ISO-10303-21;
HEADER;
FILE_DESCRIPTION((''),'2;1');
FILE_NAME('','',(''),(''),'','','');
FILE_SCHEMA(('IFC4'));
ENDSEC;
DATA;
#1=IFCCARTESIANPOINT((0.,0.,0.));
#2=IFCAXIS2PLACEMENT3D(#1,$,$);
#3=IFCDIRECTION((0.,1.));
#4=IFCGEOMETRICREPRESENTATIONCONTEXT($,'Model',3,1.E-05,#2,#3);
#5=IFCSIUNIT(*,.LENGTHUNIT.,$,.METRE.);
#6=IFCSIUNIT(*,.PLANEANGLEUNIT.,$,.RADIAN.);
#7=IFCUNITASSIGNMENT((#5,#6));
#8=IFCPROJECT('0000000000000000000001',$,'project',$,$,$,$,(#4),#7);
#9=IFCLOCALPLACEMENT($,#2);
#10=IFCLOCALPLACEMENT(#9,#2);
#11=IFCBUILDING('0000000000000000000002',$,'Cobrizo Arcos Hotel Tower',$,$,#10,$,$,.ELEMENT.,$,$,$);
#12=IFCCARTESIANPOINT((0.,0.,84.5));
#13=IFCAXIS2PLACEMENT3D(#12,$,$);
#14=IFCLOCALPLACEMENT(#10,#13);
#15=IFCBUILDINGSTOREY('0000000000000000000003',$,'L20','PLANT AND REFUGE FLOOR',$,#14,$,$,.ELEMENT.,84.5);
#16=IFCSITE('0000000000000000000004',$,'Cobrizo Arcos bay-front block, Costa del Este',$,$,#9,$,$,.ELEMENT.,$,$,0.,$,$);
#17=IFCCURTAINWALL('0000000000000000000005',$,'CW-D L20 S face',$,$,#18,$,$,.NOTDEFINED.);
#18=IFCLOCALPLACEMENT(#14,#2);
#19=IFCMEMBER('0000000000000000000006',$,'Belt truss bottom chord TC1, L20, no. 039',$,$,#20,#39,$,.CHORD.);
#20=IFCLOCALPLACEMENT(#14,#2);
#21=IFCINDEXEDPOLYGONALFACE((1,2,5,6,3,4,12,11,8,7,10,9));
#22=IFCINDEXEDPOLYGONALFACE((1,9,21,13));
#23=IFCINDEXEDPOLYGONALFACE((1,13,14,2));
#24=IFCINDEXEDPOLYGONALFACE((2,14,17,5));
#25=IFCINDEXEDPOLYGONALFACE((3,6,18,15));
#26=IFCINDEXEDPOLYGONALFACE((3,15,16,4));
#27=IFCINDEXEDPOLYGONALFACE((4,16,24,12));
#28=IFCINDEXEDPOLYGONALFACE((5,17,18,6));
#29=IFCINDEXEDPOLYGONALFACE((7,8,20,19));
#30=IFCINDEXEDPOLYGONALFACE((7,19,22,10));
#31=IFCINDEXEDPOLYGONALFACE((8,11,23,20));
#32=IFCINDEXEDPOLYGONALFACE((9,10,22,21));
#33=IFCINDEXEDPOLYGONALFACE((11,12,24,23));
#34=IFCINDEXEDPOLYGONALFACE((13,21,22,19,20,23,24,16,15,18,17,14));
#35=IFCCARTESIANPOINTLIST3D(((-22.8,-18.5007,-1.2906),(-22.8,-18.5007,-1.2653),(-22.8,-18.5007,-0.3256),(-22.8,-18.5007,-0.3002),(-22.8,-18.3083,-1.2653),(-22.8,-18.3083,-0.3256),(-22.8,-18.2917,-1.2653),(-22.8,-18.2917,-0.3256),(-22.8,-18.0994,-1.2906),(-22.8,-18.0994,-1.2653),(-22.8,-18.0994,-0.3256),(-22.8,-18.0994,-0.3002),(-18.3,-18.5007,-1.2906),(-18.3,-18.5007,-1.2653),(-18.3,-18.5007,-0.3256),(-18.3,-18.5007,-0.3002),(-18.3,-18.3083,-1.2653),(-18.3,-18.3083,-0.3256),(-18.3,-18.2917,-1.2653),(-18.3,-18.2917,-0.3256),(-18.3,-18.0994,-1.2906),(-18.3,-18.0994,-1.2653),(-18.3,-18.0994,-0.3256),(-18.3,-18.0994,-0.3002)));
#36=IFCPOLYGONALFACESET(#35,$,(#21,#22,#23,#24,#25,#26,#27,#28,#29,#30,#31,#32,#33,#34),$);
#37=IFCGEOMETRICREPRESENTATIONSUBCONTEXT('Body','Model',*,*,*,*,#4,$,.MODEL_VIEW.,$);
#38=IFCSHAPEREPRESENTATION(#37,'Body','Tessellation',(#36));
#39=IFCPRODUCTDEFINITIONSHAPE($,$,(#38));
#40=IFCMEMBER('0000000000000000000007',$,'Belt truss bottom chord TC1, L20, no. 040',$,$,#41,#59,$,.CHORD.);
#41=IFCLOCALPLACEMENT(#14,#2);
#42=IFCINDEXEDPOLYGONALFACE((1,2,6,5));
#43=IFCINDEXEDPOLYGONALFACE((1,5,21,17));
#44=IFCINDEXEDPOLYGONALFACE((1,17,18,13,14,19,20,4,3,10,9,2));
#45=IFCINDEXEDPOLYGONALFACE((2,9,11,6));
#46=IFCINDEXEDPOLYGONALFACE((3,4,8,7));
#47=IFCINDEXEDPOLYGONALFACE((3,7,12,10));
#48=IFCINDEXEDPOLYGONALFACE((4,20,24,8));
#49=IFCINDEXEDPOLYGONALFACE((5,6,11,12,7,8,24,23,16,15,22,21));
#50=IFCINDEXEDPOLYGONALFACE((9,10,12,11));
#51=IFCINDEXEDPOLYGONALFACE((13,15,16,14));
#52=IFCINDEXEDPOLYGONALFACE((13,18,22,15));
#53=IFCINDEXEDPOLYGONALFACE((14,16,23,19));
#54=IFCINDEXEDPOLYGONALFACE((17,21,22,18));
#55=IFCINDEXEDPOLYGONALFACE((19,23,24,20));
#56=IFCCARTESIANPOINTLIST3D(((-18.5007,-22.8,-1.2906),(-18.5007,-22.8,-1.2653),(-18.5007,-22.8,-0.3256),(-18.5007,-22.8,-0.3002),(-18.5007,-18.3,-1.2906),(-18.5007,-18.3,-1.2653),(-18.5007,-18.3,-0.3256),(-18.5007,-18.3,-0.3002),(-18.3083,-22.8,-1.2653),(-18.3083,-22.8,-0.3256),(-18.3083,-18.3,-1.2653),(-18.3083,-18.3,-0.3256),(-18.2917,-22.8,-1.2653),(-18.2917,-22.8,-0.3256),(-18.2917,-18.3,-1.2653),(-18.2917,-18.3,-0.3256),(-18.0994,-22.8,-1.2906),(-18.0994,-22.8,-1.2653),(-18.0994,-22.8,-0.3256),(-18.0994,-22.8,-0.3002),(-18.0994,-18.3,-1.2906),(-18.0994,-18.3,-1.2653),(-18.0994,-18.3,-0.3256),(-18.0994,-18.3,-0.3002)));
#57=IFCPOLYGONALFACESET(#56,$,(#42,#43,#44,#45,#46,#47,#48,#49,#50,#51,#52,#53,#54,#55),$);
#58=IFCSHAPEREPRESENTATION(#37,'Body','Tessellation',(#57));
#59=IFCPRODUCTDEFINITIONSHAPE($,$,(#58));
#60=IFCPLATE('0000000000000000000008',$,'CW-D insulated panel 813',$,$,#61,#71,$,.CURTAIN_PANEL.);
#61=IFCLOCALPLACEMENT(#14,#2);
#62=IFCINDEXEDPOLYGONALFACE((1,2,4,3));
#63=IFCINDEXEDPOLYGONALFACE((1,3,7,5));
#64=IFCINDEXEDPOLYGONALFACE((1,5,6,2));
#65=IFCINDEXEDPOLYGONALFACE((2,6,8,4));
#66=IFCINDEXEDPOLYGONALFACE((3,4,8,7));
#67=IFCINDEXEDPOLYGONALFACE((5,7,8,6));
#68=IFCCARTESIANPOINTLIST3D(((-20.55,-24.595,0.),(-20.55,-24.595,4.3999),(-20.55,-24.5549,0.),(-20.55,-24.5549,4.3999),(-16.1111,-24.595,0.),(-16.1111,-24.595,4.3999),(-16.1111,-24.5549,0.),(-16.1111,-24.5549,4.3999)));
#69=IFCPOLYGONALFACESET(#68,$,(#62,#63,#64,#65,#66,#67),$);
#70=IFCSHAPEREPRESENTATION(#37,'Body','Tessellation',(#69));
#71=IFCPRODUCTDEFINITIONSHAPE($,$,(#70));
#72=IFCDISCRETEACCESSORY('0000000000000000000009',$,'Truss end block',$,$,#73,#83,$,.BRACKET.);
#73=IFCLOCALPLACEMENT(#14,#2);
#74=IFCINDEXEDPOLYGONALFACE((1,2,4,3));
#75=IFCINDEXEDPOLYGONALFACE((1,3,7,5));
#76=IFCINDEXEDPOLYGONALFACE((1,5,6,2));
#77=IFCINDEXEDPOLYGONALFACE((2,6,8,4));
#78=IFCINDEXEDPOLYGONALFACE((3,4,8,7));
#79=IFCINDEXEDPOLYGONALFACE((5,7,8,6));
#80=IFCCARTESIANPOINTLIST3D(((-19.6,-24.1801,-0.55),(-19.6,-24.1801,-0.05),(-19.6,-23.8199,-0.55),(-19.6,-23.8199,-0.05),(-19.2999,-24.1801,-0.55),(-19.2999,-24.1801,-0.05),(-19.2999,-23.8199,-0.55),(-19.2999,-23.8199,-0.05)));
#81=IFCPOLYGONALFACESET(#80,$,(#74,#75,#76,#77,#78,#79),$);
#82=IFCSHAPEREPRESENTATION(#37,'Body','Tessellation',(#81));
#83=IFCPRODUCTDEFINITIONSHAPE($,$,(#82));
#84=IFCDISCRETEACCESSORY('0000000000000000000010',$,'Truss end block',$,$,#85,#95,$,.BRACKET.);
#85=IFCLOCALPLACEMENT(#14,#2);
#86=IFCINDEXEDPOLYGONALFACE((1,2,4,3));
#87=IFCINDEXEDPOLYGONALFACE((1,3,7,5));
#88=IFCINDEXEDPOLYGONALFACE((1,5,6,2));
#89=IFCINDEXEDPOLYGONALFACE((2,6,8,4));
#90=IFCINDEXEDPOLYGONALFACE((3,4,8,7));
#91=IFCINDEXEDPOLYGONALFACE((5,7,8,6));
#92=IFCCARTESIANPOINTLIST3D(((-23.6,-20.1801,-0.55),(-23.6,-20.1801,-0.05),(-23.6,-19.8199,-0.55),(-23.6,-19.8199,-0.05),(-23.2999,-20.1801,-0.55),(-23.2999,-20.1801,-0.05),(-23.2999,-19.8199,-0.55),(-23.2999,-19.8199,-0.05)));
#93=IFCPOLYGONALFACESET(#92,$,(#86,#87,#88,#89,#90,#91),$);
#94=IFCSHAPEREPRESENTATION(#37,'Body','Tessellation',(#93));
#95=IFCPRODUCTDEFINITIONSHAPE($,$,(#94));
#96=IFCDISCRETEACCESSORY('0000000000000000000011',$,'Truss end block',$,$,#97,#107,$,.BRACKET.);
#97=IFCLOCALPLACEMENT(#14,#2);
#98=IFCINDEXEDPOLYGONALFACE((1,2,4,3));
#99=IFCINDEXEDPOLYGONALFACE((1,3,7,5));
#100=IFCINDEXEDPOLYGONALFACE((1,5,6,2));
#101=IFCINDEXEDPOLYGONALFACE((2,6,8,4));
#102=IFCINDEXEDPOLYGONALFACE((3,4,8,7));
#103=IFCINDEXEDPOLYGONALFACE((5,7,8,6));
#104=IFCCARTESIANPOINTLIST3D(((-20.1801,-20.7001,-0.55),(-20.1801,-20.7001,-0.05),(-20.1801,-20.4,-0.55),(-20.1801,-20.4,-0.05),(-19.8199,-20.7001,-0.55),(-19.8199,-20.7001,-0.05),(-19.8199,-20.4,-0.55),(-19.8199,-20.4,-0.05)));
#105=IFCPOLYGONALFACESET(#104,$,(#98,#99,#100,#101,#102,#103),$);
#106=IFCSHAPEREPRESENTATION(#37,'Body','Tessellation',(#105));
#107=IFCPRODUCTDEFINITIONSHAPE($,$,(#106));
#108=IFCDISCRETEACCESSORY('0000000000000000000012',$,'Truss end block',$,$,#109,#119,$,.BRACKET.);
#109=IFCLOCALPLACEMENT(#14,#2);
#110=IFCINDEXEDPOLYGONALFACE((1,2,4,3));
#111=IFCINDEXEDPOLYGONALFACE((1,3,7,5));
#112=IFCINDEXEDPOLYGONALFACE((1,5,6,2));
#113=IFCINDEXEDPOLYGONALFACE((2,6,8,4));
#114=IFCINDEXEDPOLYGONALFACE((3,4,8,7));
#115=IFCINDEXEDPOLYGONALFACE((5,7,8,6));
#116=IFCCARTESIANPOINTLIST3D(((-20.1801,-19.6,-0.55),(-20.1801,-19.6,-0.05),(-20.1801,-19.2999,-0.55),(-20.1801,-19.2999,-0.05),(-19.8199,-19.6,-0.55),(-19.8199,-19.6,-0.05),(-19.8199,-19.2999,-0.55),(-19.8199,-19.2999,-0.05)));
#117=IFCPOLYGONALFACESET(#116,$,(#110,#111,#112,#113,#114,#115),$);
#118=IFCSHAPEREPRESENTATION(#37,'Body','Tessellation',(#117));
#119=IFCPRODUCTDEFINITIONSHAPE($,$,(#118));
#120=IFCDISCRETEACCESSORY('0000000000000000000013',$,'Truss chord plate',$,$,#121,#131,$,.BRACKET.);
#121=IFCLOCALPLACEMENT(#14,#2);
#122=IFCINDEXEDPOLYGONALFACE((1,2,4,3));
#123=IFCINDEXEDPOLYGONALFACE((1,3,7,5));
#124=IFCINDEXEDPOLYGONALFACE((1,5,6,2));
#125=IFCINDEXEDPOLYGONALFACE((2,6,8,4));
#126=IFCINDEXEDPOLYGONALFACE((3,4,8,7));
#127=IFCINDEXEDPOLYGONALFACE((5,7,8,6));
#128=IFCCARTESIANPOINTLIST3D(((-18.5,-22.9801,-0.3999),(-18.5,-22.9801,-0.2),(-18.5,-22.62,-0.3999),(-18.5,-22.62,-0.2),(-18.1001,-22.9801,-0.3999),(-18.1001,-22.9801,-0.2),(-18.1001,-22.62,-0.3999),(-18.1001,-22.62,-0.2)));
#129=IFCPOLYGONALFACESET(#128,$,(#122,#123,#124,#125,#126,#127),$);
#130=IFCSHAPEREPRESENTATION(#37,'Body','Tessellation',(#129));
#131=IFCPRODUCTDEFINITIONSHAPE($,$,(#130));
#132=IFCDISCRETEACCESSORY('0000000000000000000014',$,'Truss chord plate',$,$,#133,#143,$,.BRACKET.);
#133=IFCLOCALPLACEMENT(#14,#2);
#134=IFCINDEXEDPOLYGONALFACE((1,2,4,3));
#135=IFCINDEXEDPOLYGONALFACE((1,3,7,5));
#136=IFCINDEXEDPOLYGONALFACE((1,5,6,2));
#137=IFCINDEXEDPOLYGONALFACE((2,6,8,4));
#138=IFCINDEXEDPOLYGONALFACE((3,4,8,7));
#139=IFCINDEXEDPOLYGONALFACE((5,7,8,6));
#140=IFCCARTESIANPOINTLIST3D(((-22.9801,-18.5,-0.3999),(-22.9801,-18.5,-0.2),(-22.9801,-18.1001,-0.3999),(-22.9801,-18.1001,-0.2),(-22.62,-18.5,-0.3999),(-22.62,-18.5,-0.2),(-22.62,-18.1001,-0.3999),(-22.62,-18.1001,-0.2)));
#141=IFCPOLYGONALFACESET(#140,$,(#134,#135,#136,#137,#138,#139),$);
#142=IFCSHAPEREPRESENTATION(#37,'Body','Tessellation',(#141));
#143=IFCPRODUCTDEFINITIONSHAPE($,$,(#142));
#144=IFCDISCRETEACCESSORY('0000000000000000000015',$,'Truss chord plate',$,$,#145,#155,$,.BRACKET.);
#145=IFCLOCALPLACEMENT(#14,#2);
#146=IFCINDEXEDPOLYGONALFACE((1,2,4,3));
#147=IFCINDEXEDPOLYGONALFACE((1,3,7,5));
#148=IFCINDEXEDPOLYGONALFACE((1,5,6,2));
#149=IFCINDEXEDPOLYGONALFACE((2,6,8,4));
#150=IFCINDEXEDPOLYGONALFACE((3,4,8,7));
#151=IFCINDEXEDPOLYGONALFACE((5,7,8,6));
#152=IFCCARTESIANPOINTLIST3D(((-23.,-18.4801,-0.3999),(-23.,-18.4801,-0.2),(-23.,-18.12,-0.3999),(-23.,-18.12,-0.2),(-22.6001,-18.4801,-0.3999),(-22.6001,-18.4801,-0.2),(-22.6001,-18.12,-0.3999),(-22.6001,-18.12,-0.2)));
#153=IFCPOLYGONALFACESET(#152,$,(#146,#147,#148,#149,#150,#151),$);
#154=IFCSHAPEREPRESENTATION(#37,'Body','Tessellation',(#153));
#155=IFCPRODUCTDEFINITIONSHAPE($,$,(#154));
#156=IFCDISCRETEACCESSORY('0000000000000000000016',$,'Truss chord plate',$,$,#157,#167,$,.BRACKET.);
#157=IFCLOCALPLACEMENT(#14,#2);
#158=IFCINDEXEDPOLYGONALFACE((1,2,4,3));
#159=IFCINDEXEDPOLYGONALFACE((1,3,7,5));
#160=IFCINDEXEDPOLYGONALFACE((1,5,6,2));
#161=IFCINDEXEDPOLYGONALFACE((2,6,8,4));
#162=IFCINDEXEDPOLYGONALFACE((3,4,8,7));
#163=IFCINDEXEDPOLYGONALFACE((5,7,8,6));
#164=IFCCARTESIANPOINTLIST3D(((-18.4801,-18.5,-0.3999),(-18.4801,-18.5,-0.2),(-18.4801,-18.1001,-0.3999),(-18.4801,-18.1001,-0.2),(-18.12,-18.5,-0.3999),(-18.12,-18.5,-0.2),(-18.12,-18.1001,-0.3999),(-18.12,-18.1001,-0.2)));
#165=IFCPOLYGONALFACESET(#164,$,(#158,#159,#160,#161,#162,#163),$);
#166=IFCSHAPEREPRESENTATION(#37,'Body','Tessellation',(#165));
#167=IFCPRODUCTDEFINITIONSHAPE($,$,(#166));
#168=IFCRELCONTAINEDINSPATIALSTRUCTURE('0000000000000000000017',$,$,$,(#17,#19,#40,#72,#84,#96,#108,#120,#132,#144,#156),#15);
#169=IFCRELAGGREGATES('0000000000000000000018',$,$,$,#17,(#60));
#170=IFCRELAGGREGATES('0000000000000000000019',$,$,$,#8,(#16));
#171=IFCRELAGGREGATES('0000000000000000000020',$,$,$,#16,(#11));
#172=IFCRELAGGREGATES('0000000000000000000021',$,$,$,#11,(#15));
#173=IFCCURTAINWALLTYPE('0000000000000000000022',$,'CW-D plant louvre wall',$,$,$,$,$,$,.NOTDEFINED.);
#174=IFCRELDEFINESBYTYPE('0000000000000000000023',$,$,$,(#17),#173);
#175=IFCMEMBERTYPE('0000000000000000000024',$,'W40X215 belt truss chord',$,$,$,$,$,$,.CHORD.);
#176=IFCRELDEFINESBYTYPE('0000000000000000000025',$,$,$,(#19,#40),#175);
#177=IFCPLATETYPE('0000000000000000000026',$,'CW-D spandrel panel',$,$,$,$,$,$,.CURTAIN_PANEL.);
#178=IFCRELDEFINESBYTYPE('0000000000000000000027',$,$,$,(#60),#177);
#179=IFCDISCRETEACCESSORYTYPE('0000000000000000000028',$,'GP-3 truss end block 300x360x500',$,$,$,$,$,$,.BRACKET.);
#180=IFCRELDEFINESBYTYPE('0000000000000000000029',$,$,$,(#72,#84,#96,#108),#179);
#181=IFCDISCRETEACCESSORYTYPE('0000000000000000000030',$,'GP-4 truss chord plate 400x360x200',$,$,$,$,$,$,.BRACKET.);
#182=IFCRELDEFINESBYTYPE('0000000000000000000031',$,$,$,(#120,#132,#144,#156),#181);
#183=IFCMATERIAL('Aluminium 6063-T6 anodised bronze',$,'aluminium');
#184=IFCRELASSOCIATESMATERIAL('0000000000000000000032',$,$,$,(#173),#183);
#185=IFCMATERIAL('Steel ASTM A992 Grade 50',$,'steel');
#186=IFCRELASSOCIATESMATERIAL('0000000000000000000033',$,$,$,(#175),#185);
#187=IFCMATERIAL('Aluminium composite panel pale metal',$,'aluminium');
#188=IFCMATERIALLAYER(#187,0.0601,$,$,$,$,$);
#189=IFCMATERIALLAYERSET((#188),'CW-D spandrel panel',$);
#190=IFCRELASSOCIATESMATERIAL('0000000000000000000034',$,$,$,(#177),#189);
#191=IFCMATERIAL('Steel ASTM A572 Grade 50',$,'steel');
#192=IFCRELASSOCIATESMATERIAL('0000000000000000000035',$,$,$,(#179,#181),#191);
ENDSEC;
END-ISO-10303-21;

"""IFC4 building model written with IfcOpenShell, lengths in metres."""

from ifc_helpers import new_model, si_unit, direction, frame, origin, origin_2d, place, context, subcontext, project, spatial, rectangle, i_section, extrude, material, layer, layer_set, material_profile, profile_set, type_object, element, aggregate, save


model = new_model("IFC4")

# Units and contexts
model_context = context("Model", 3, precision=1e-05, world=origin(), true_north=direction((0.0, 1.0)))
body_context = subcontext(model_context, "Body", "Model", "MODEL_VIEW")
ifc_project = project(units=[si_unit("LENGTHUNIT", "METRE"), si_unit("PLANEANGLEUNIT", "RADIAN")], contexts=[model_context])

# Site, building, storey
site_placement = place(None, origin())
site = spatial("IfcSite", under=ifc_project, at=site_placement, Name="Cobrizo Arcos bay-front block, Costa del Este", CompositionType="ELEMENT", RefElevation=0.0)
building_placement = place(site_placement, origin())
building = spatial("IfcBuilding", under=site, at=building_placement, Name="Cobrizo Arcos Hotel Tower", CompositionType="ELEMENT")
storey_placement = place(building_placement, frame((0.0, 0.0, 84.5)))
storey = spatial("IfcBuildingStorey", under=building, at=storey_placement, Name="L20", Description="PLANT AND REFUGE FLOOR", CompositionType="ELEMENT", Elevation=84.5)

# Shared definitions
ifc_material_1 = material(Name="Steel ASTM A572 Grade 50", Category="steel")

# Curtain wall
ifc_material_2 = material(Name="Aluminium 6063-T6 anodised bronze", Category="aluminium")
curtain_wall_type = type_object("IfcCurtainWallType", Name="CW-D plant louvre wall", PredefinedType="NOTDEFINED", material=ifc_material_2)
curtain_wall_placement = place(storey_placement, origin())
curtain_wall = element("IfcCurtainWall", 1, at=curtain_wall_placement, inside=storey, type_object=curtain_wall_type, Name="CW-D L20 S face", PredefinedType="NOTDEFINED")

# Shared definitions
ifc_material_3 = material(Name="Steel ASTM A992 Grade 50", Category="steel")

# Members
ifc_material_profile_1 = material_profile(ifc_material_3, i_section(OverallWidth=0.4014, OverallDepth=0.9905, WebThickness=0.0166, FlangeThickness=0.0254, at=origin_2d()), Name="W40X215")
ifc_profile_set_1 = profile_set([ifc_material_profile_1], Name="Steel ASTM A992 Grade 50")
member_type_1 = type_object("IfcMemberType", Name="W40X215 belt truss chord", PredefinedType="CHORD", material=ifc_profile_set_1)
for number, where, z_axis, x_axis, name in (
    (2, (-22.8, -18.3, -0.7954), (1.0, 0.0, 0.0), (0.0, 1.0, 0.0), "Belt truss bottom chord TC1, L20, no. 039"),
    (3, (-18.3, -18.3, -0.7954), (0.0, -1.0, 0.0), (1.0, 0.0, 0.0), "Belt truss bottom chord TC1, L20, no. 040"),
):
    element("IfcMember", number, at=place(storey_placement, frame(where, z_axis=z_axis, x_axis=x_axis)), inside=storey, type_object=member_type_1, Name=name, PredefinedType="CHORD", context=body_context, shape_type="SweptSolid", body=[
        extrude(i_section(OverallWidth=0.4014, OverallDepth=0.9905, WebThickness=0.0166, FlangeThickness=0.0254, at=origin_2d()), origin(), (0.0, 0.0, 1.0), 4.5),
    ])

# Plate
ifc_material_4 = material(Name="Aluminium composite panel pale metal", Category="aluminium")
ifc_layer = layer(ifc_material_4, 0.0601)
ifc_layer_set = layer_set([ifc_layer], Name="CW-D spandrel panel")
plate_type = type_object("IfcPlateType", Name="CW-D spandrel panel", PredefinedType="CURTAIN_PANEL", material=ifc_layer_set)
plate_placement = place(storey_placement, frame((-18.3306, -24.575, 0.0), z_axis=(0.0, 0.0, 1.0), x_axis=(1.0, 0.0, 0.0)))
plate = element("IfcPlate", 4, at=plate_placement, type_object=plate_type, Name="CW-D insulated panel 813", PredefinedType="CURTAIN_PANEL", context=body_context, shape_type="SweptSolid", body=[
    extrude(rectangle(XDim=4.439, YDim=0.04, at=origin_2d()), origin(), (0.0, 0.0, 1.0), 4.3999),
])
aggregate(curtain_wall, [plate])

# Discrete accessories
discrete_accessory_type_1 = type_object("IfcDiscreteAccessoryType", Name="GP-3 truss end block 300x360x500", PredefinedType="BRACKET", material=ifc_material_1)
for number, where, z_axis, x_axis, name in (
    (5, (-19.45, -24.0, -0.55), (0.0, 0.0, 1.0), (1.0, 0.0, 0.0), "Truss end block"),
    (6, (-23.45, -20.0, -0.55), (0.0, 0.0, 1.0), (1.0, 0.0, 0.0), "Truss end block"),
    (7, (-20.0, -20.55, -0.55), (0.0, 0.0, 1.0), (0.0, -1.0, 0.0), "Truss end block"),
    (8, (-20.0, -19.45, -0.55), (0.0, 0.0, 1.0), (0.0, 1.0, 0.0), "Truss end block"),
):
    element("IfcDiscreteAccessory", number, at=place(storey_placement, frame(where, z_axis=z_axis, x_axis=x_axis)), inside=storey, type_object=discrete_accessory_type_1, Name=name, PredefinedType="BRACKET", context=body_context, shape_type="SweptSolid", body=[
        extrude(rectangle(XDim=0.3, YDim=0.3601, at=origin_2d()), origin(), (0.0, 0.0, 1.0), 0.5),
    ])
discrete_accessory_type_2 = type_object("IfcDiscreteAccessoryType", Name="GP-4 truss chord plate 400x360x200", PredefinedType="BRACKET", material=ifc_material_1)
for number, where, z_axis, x_axis, name in (
    (9, (-18.3, -22.8, -0.3999), (0.0, 0.0, 1.0), (1.0, 0.0, 0.0), "Truss chord plate"),
    (10, (-22.8, -18.3, -0.3999), (0.0, 0.0, 1.0), (0.0, -1.0, 0.0), "Truss chord plate"),
    (11, (-22.8, -18.3, -0.3999), (0.0, 0.0, 1.0), (1.0, 0.0, 0.0), "Truss chord plate"),
    (12, (-18.3, -18.3, -0.3999), (0.0, 0.0, 1.0), (0.0, -1.0, 0.0), "Truss chord plate"),
):
    element("IfcDiscreteAccessory", number, at=place(storey_placement, frame(where, z_axis=z_axis, x_axis=x_axis)), inside=storey, type_object=discrete_accessory_type_2, Name=name, PredefinedType="BRACKET", context=body_context, shape_type="SweptSolid", body=[
        extrude(rectangle(XDim=0.3999, YDim=0.3601, at=origin_2d()), origin(), (0.0, 0.0, 1.0), 0.2),
    ])

save(model, "model.ifc")
